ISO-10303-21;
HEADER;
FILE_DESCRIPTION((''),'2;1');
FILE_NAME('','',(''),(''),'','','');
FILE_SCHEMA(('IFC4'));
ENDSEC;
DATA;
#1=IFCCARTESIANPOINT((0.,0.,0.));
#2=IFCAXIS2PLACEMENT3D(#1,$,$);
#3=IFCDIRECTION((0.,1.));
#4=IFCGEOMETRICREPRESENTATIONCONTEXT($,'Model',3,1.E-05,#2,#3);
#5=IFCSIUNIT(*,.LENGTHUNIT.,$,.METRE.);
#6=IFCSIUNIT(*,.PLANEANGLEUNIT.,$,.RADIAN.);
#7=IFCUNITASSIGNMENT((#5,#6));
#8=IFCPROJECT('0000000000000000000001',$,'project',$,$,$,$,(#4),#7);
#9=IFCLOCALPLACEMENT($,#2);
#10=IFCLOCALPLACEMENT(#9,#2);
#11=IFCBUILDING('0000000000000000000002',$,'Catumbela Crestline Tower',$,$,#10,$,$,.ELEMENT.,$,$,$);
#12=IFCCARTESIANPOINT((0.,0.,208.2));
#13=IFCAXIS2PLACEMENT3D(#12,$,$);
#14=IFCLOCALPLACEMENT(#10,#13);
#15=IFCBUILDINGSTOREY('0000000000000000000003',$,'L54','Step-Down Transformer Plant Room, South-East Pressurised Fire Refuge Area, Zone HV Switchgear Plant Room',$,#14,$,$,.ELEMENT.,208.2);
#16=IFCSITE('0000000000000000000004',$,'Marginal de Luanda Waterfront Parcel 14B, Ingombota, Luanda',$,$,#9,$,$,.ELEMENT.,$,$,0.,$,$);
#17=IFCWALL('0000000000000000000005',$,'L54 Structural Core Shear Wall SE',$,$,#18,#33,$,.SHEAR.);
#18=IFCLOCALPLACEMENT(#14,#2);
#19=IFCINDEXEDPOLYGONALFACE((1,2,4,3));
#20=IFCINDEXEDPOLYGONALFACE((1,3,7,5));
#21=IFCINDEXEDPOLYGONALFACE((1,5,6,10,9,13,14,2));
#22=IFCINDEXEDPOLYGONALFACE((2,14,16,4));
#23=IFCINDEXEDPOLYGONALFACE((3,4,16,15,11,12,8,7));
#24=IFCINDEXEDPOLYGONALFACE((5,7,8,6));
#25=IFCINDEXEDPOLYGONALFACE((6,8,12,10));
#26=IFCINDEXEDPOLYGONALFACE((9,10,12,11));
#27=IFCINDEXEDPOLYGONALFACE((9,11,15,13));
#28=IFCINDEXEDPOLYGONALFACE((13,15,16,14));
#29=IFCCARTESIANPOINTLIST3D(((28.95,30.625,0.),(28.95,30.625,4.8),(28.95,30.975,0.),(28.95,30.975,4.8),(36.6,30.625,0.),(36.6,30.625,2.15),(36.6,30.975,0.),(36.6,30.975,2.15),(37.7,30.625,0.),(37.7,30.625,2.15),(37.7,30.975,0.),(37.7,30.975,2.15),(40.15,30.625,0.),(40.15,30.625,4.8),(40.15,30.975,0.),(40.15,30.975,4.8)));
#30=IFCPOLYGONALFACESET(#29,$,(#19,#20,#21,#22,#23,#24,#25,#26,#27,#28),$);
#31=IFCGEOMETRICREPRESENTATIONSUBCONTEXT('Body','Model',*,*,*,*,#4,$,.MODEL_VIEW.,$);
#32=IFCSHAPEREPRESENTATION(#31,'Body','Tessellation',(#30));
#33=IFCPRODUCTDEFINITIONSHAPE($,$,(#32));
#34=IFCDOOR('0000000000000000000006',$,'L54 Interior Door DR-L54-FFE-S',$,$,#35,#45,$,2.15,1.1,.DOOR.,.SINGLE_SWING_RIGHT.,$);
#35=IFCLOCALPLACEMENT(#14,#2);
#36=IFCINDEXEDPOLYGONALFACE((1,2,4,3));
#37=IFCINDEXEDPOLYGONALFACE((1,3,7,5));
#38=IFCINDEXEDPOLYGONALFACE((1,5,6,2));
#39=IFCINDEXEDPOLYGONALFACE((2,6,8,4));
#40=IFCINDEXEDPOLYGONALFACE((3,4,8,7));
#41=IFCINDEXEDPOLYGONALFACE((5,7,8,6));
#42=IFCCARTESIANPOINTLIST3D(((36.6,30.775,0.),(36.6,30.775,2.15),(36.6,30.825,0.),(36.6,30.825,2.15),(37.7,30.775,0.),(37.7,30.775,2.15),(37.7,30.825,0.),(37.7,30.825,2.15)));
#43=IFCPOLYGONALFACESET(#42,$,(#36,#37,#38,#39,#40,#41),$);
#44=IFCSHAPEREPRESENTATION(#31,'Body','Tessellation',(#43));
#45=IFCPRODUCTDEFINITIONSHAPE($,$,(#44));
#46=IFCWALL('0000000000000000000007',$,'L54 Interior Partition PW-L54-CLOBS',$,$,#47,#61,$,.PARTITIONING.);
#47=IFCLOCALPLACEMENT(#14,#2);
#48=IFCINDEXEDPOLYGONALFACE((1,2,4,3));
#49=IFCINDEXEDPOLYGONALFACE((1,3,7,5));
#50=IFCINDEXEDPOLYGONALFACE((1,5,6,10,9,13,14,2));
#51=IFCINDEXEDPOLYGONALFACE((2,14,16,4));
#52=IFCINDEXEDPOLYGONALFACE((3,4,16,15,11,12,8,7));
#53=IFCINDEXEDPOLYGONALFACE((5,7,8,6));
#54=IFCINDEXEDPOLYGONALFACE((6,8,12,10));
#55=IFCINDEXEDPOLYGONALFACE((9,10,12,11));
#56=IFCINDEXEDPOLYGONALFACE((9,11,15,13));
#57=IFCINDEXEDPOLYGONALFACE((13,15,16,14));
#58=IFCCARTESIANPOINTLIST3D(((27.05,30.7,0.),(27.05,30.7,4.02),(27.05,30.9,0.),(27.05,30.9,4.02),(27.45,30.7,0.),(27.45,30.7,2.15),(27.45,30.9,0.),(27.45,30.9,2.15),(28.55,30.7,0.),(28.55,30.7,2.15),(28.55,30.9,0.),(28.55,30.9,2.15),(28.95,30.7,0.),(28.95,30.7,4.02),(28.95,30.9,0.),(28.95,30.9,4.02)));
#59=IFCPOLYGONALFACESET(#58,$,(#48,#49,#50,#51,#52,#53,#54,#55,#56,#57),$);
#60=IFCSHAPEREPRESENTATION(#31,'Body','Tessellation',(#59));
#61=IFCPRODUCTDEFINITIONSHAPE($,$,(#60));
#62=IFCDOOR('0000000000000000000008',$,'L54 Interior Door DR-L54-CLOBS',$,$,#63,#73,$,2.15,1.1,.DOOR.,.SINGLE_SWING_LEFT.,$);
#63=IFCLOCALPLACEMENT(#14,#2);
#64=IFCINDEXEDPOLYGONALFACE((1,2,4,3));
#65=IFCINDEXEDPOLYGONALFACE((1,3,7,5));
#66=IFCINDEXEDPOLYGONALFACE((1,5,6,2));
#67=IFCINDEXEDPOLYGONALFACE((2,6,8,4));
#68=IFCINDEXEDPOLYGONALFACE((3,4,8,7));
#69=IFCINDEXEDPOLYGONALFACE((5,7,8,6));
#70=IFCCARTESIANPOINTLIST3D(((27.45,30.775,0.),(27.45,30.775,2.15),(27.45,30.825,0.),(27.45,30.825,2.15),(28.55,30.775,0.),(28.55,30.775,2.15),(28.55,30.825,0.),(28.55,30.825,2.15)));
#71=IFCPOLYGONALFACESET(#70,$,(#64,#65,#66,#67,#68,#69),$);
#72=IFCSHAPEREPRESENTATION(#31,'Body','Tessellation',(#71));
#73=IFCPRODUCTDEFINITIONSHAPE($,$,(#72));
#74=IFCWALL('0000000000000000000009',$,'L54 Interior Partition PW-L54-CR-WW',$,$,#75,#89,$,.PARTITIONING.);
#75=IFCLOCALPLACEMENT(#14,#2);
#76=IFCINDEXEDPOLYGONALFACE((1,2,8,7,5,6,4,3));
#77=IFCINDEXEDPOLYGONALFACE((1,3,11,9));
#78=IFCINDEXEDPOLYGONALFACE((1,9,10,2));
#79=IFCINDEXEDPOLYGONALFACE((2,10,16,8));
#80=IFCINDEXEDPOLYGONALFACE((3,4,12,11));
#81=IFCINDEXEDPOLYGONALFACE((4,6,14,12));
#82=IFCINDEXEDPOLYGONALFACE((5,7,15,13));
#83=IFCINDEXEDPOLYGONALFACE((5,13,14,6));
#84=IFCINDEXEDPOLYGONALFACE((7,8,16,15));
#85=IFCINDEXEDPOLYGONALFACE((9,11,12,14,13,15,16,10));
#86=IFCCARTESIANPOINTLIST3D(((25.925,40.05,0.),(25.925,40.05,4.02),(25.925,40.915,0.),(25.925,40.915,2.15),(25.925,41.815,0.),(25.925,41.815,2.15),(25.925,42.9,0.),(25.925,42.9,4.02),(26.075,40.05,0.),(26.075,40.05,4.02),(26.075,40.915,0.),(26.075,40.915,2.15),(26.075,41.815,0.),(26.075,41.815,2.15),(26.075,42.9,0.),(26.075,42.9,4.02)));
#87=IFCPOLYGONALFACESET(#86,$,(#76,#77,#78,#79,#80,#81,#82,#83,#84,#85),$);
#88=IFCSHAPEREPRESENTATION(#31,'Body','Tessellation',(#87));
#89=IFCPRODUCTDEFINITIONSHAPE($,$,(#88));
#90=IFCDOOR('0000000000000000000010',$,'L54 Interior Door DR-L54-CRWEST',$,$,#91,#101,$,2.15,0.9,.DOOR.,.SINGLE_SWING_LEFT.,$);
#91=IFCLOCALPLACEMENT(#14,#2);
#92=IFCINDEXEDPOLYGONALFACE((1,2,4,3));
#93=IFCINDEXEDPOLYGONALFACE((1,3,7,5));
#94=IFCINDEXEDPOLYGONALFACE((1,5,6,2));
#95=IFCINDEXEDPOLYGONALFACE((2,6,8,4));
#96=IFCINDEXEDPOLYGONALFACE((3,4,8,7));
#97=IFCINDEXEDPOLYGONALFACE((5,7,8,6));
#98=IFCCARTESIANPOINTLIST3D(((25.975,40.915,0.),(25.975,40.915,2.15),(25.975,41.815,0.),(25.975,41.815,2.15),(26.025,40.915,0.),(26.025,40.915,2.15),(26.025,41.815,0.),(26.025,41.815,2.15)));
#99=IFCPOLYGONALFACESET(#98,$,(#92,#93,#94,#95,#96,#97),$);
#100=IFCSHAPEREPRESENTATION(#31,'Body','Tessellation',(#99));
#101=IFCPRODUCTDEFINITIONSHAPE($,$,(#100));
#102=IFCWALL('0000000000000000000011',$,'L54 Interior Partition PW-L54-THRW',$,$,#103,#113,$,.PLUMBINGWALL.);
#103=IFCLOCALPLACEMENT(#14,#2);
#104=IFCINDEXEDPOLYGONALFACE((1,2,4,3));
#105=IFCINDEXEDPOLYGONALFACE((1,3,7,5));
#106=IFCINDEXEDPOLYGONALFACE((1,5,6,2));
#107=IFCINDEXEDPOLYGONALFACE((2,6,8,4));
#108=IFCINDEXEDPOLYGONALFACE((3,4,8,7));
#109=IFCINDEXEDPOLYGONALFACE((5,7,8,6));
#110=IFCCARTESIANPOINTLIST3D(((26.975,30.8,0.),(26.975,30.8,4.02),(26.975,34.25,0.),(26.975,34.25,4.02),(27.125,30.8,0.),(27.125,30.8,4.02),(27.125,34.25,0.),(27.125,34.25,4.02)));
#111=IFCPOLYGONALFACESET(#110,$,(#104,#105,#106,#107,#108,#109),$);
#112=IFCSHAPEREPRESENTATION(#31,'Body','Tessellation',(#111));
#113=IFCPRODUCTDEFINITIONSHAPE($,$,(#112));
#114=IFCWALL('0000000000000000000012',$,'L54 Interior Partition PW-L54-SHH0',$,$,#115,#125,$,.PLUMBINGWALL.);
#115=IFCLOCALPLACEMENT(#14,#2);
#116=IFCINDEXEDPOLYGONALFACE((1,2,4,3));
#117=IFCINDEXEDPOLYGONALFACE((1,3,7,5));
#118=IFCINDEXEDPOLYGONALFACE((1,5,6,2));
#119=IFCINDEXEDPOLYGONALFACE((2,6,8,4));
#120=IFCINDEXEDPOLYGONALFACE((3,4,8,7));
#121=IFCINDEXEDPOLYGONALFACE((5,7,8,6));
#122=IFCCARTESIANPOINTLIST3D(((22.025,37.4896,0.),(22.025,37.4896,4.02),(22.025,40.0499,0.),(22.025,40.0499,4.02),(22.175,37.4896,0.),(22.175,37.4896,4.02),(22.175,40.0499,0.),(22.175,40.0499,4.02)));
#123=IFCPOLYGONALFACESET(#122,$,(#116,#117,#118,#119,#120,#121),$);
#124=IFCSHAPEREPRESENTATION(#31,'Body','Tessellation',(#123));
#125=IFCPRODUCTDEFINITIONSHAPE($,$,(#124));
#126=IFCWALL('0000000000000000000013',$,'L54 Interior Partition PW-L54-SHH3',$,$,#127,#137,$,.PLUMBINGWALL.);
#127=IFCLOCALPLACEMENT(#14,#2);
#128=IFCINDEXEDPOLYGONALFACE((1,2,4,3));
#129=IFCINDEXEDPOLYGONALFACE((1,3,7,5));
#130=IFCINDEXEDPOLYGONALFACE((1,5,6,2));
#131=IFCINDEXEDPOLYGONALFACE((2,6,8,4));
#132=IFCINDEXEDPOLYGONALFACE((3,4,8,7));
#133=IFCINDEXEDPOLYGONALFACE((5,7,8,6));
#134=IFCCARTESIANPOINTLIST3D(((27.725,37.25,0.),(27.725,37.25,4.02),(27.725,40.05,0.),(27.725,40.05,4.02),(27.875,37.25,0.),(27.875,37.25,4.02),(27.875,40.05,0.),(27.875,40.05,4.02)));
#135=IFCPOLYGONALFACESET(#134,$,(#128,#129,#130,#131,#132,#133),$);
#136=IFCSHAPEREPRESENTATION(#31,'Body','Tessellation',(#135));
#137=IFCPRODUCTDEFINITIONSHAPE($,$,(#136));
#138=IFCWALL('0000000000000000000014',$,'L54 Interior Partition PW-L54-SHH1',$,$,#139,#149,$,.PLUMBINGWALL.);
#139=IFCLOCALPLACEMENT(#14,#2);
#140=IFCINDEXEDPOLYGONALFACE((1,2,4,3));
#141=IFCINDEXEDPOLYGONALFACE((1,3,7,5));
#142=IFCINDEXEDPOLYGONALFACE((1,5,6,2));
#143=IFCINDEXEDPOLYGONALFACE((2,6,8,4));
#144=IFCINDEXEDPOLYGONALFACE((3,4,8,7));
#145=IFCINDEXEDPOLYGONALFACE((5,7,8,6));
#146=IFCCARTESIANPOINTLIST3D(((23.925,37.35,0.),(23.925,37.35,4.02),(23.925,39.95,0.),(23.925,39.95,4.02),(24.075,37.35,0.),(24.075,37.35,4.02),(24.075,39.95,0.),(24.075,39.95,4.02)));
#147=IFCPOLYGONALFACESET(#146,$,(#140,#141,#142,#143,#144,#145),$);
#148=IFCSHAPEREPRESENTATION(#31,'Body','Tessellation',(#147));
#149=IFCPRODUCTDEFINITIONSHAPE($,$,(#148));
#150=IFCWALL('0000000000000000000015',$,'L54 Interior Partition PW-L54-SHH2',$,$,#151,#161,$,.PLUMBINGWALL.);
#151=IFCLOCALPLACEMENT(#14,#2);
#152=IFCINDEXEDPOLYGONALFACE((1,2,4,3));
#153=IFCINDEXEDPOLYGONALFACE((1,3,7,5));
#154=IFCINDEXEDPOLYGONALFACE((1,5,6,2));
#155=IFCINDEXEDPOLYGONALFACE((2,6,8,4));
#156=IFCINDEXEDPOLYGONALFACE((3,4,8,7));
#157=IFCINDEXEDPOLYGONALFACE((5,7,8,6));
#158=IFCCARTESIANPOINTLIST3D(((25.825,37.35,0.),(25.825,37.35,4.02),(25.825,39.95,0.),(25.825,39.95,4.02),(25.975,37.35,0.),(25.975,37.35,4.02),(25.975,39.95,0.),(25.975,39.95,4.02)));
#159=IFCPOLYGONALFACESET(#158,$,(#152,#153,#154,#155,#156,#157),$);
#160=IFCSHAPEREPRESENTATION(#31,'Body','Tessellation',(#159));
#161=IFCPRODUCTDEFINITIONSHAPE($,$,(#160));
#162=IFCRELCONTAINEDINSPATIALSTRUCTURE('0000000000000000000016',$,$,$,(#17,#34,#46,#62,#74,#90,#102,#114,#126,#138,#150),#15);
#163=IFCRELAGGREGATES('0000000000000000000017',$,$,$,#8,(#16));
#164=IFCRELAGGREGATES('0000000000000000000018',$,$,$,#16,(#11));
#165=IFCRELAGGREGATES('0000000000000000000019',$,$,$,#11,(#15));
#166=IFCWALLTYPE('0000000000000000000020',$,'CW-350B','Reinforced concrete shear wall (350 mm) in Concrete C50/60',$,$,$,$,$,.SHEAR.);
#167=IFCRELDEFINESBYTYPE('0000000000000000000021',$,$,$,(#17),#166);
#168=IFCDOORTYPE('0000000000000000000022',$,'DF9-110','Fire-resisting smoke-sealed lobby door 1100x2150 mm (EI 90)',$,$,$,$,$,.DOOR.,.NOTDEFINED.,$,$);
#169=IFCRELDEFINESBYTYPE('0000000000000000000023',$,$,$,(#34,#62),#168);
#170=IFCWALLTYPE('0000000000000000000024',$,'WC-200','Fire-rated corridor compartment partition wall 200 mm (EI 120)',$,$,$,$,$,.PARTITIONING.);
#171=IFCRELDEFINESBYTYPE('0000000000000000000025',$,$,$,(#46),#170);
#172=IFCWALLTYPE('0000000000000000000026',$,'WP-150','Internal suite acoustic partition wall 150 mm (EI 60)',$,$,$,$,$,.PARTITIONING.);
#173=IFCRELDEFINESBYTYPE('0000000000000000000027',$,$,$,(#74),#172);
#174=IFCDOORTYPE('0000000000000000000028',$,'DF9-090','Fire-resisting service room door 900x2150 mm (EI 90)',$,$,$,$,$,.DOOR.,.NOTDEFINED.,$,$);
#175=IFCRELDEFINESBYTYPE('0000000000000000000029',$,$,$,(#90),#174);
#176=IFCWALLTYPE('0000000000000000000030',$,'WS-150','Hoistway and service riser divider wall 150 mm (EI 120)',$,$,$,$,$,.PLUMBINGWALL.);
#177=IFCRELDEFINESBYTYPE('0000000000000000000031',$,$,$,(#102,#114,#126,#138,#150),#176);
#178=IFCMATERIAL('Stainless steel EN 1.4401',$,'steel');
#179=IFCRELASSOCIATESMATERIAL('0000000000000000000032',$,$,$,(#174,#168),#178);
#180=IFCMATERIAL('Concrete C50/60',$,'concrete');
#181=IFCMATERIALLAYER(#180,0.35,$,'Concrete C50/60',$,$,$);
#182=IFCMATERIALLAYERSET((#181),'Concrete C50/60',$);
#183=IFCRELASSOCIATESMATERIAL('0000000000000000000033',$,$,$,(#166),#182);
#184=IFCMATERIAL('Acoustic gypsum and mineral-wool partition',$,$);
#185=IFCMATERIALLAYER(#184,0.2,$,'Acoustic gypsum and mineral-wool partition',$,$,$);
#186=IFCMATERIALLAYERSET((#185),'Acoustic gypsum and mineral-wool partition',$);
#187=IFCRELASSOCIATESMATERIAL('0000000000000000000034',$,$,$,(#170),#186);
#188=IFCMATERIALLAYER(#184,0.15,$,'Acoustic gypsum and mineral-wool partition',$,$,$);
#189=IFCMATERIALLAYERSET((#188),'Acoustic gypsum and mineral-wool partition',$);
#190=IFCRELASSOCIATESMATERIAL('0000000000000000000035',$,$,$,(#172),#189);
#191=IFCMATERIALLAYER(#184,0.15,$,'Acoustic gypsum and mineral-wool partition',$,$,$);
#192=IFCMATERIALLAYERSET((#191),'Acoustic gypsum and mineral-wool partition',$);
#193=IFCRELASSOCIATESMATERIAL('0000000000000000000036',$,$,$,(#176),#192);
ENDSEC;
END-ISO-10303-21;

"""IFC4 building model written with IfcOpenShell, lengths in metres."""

from ifc_helpers import new_model, si_unit, direction, frame, frame_2d, origin, place, context, subcontext, project, spatial, rectangle, extrude, material, layer, layer_set, type_object, element, fill, save


model = new_model("IFC4")

# Units and contexts
model_context = context("Model", 3, precision=1e-05, world=origin(), true_north=direction((0.0, 1.0)))
body_context = subcontext(model_context, "Body", "Model", "MODEL_VIEW")
ifc_project = project(units=[si_unit("LENGTHUNIT", "METRE"), si_unit("PLANEANGLEUNIT", "RADIAN")], contexts=[model_context])

# Site, building, storey
site_placement = place(None, origin())
site = spatial("IfcSite", under=ifc_project, at=site_placement, Name="Marginal de Luanda Waterfront Parcel 14B, Ingombota, Luanda", CompositionType="ELEMENT", RefElevation=0.0)
building_placement = place(site_placement, origin())
building = spatial("IfcBuilding", under=site, at=building_placement, Name="Catumbela Crestline Tower", CompositionType="ELEMENT")
storey_placement = place(building_placement, frame((0.0, 0.0, 208.2)))
storey = spatial("IfcBuildingStorey", under=building, at=storey_placement, Name="L54", Description="Step-Down Transformer Plant Room, South-East Pressurised Fire Refuge Area, Zone HV Switchgear Plant Room", CompositionType="ELEMENT", Elevation=208.2)

# Shared definitions
ifc_material_1 = material(Name="Concrete C50/60", Category="concrete")

# Shared definitions
ifc_material_2 = material(Name="Stainless steel EN 1.4401", Category="steel")

# Shared definitions
door_type_1 = type_object("IfcDoorType", Name="DF9-090", Description="Fire-resisting service room door 900x2150 mm (EI 90)", OperationType="NOTDEFINED", PredefinedType="DOOR", material=ifc_material_2)

# Walls, openings, doors
ifc_layer_1 = layer(ifc_material_1, 0.35, Name="Concrete C50/60")
ifc_layer_set_1 = layer_set([ifc_layer_1], Name="Concrete C50/60")
wall_type_1 = type_object("IfcWallType", Name="CW-350B", Description="Reinforced concrete shear wall (350 mm) in Concrete C50/60", PredefinedType="SHEAR", material=ifc_layer_set_1)
wall_1_placement = place(storey_placement, frame((28.95, 30.8, 0.0), z_axis=(0.0, 0.0, 1.0), x_axis=(1.0, 0.0, 0.0)))
wall_1 = element("IfcWall", 1, at=wall_1_placement, inside=storey, type_object=wall_type_1, Name="L54 Structural Core Shear Wall SE", PredefinedType="SHEAR", context=body_context, shape_type="SweptSolid", body=[
    extrude(rectangle(XDim=11.2, YDim=0.35, at=frame_2d((5.6, 0.0))), origin(), (0.0, 0.0, 1.0), 4.8),
])
opening_1_placement = place(wall_1_placement, frame((7.65, 0.0, 0.0)))
opening_1 = element("IfcOpeningElement", 2, at=opening_1_placement, cuts=wall_1, PredefinedType="OPENING", context=body_context, shape_type="SweptSolid", body=[
    extrude(rectangle(XDim=1.1, YDim=2.15, at=frame_2d((0.55, 1.075))), frame((0.0, 0.185, 0.0), z_axis=(0.0, -1.0, 0.0), x_axis=(1.0, 0.0, 0.0)), (0.0, 0.0, 1.0), 0.37),
])
door_type_2 = type_object("IfcDoorType", Name="DF9-110", Description="Fire-resisting smoke-sealed lobby door 1100x2150 mm (EI 90)", OperationType="NOTDEFINED", PredefinedType="DOOR", material=ifc_material_2)
door_1_placement = place(opening_1_placement, origin())
door_1 = element("IfcDoor", 3, at=door_1_placement, inside=storey, type_object=door_type_2, Name="L54 Interior Door DR-L54-FFE-S", OperationType="SINGLE_SWING_RIGHT", OverallHeight=2.15, OverallWidth=1.1, PredefinedType="DOOR", context=body_context, shape_type="SweptSolid", body=[
    extrude(rectangle(XDim=1.1, YDim=2.15, at=frame_2d((0.55, 1.075))), frame((0.0, 0.025, 0.0), z_axis=(0.0, -1.0, 0.0), x_axis=(1.0, 0.0, 0.0)), (0.0, 0.0, 1.0), 0.05),
])
fill(opening_1, door_1)
ifc_material_3 = material(Name="Acoustic gypsum and mineral-wool partition")
ifc_layer_2 = layer(ifc_material_3, 0.2, Name="Acoustic gypsum and mineral-wool partition")
ifc_layer_set_2 = layer_set([ifc_layer_2], Name="Acoustic gypsum and mineral-wool partition")
wall_type_2 = type_object("IfcWallType", Name="WC-200", Description="Fire-rated corridor compartment partition wall 200 mm (EI 120)", PredefinedType="PARTITIONING", material=ifc_layer_set_2)
wall_2_placement = place(storey_placement, frame((27.05, 30.8, 0.0), z_axis=(0.0, 0.0, 1.0), x_axis=(1.0, 0.0, 0.0)))
wall_2 = element("IfcWall", 4, at=wall_2_placement, inside=storey, type_object=wall_type_2, Name="L54 Interior Partition PW-L54-CLOBS", PredefinedType="PARTITIONING", context=body_context, shape_type="SweptSolid", body=[
    extrude(rectangle(XDim=1.9, YDim=0.2, at=frame_2d((0.95, 0.0))), origin(), (0.0, 0.0, 1.0), 4.02),
])
opening_2_placement = place(wall_2_placement, frame((0.4, 0.0, 0.0)))
opening_2 = element("IfcOpeningElement", 5, at=opening_2_placement, cuts=wall_2, PredefinedType="OPENING", context=body_context, shape_type="SweptSolid", body=[
    extrude(rectangle(XDim=1.1, YDim=2.15, at=frame_2d((0.55, 1.075))), frame((0.0, 0.11, 0.0), z_axis=(0.0, -1.0, 0.0), x_axis=(1.0, 0.0, 0.0)), (0.0, 0.0, 1.0), 0.22),
])
door_2_placement = place(opening_2_placement, origin())
door_2 = element("IfcDoor", 6, at=door_2_placement, inside=storey, type_object=door_type_2, Name="L54 Interior Door DR-L54-CLOBS", OperationType="SINGLE_SWING_LEFT", OverallHeight=2.15, OverallWidth=1.1, PredefinedType="DOOR", context=body_context, shape_type="SweptSolid", body=[
    extrude(rectangle(XDim=1.1, YDim=2.15, at=frame_2d((0.55, 1.075))), frame((0.0, 0.025, 0.0), z_axis=(0.0, -1.0, 0.0), x_axis=(1.0, 0.0, 0.0)), (0.0, 0.0, 1.0), 0.05),
])
fill(opening_2, door_2)
ifc_layer_3 = layer(ifc_material_3, 0.15, Name="Acoustic gypsum and mineral-wool partition")
ifc_layer_set_3 = layer_set([ifc_layer_3], Name="Acoustic gypsum and mineral-wool partition")
wall_type_3 = type_object("IfcWallType", Name="WP-150", Description="Internal suite acoustic partition wall 150 mm (EI 60)", PredefinedType="PARTITIONING", material=ifc_layer_set_3)
wall_3_placement = place(storey_placement, frame((26.0, 40.05, 0.0), z_axis=(0.0, 0.0, 1.0), x_axis=(0.0, 1.0, 0.0)))
wall_3 = element("IfcWall", 7, at=wall_3_placement, inside=storey, type_object=wall_type_3, Name="L54 Interior Partition PW-L54-CR-WW", PredefinedType="PARTITIONING", context=body_context, shape_type="SweptSolid", body=[
    extrude(rectangle(XDim=2.85, YDim=0.15, at=frame_2d((1.425, 0.0))), origin(), (0.0, 0.0, 1.0), 4.02),
])
opening_3_placement = place(wall_3_placement, frame((0.865, 0.0, 0.0)))
opening_3 = element("IfcOpeningElement", 8, at=opening_3_placement, cuts=wall_3, PredefinedType="OPENING", context=body_context, shape_type="SweptSolid", body=[
    extrude(rectangle(XDim=0.9, YDim=2.15, at=frame_2d((0.45, 1.075))), frame((0.0, 0.085, 0.0), z_axis=(0.0, -1.0, 0.0), x_axis=(1.0, 0.0, 0.0)), (0.0, 0.0, 1.0), 0.17),
])
door_3_placement = place(opening_3_placement, origin())
door_3 = element("IfcDoor", 9, at=door_3_placement, inside=storey, type_object=door_type_1, Name="L54 Interior Door DR-L54-CRWEST", OperationType="SINGLE_SWING_LEFT", OverallHeight=2.15, OverallWidth=0.9, PredefinedType="DOOR", context=body_context, shape_type="SweptSolid", body=[
    extrude(rectangle(XDim=0.9, YDim=2.15, at=frame_2d((0.45, 1.075))), frame((0.0, 0.025, 0.0), z_axis=(0.0, -1.0, 0.0), x_axis=(1.0, 0.0, 0.0)), (0.0, 0.0, 1.0), 0.05),
])
fill(opening_3, door_3)

# Walls
ifc_layer_4 = layer(ifc_material_3, 0.15, Name="Acoustic gypsum and mineral-wool partition")
ifc_layer_set_4 = layer_set([ifc_layer_4], Name="Acoustic gypsum and mineral-wool partition")
wall_type_4 = type_object("IfcWallType", Name="WS-150", Description="Hoistway and service riser divider wall 150 mm (EI 120)", PredefinedType="PLUMBINGWALL", material=ifc_layer_set_4)
wall_4_placement = place(storey_placement, frame((27.05, 30.8, 0.0), z_axis=(0.0, 0.0, 1.0), x_axis=(0.0, 1.0, 0.0)))
element("IfcWall", 10, at=wall_4_placement, inside=storey, type_object=wall_type_4, Name="L54 Interior Partition PW-L54-THRW", PredefinedType="PLUMBINGWALL", context=body_context, shape_type="SweptSolid", body=[
    extrude(rectangle(XDim=3.45, YDim=0.15, at=frame_2d((1.725, 0.0))), origin(), (0.0, 0.0, 1.0), 4.02),
])
wall_5_placement = place(storey_placement, frame((22.1, 37.4897, 0.0), z_axis=(0.0, 0.0, 1.0), x_axis=(0.0, 1.0, 0.0)))
element("IfcWall", 11, at=wall_5_placement, inside=storey, type_object=wall_type_4, Name="L54 Interior Partition PW-L54-SHH0", PredefinedType="PLUMBINGWALL", context=body_context, shape_type="SweptSolid", body=[
    extrude(rectangle(XDim=2.5603, YDim=0.15, at=frame_2d((1.2801, 0.0))), origin(), (0.0, 0.0, 1.0), 4.02),
])
wall_6_placement = place(storey_placement, frame((27.8, 37.25, 0.0), z_axis=(0.0, 0.0, 1.0), x_axis=(0.0, 1.0, 0.0)))
element("IfcWall", 12, at=wall_6_placement, inside=storey, type_object=wall_type_4, Name="L54 Interior Partition PW-L54-SHH3", PredefinedType="PLUMBINGWALL", context=body_context, shape_type="SweptSolid", body=[
    extrude(rectangle(XDim=2.8, YDim=0.15, at=frame_2d((1.4, 0.0))), origin(), (0.0, 0.0, 1.0), 4.02),
])
for number, where, z_axis, x_axis, name in (
    (13, (24.0, 37.35, 0.0), (0.0, 0.0, 1.0), (0.0, 1.0, 0.0), "L54 Interior Partition PW-L54-SHH1"),
    (14, (25.9, 37.35, 0.0), (0.0, 0.0, 1.0), (0.0, 1.0, 0.0), "L54 Interior Partition PW-L54-SHH2"),
):
    element("IfcWall", number, at=place(storey_placement, frame(where, z_axis=z_axis, x_axis=x_axis)), inside=storey, type_object=wall_type_4, Name=name, PredefinedType="PLUMBINGWALL", context=body_context, shape_type="SweptSolid", body=[
        extrude(rectangle(XDim=2.6, YDim=0.15, at=frame_2d((1.3, 0.0))), origin(), (0.0, 0.0, 1.0), 4.02),
    ])

save(model, "model.ifc")
